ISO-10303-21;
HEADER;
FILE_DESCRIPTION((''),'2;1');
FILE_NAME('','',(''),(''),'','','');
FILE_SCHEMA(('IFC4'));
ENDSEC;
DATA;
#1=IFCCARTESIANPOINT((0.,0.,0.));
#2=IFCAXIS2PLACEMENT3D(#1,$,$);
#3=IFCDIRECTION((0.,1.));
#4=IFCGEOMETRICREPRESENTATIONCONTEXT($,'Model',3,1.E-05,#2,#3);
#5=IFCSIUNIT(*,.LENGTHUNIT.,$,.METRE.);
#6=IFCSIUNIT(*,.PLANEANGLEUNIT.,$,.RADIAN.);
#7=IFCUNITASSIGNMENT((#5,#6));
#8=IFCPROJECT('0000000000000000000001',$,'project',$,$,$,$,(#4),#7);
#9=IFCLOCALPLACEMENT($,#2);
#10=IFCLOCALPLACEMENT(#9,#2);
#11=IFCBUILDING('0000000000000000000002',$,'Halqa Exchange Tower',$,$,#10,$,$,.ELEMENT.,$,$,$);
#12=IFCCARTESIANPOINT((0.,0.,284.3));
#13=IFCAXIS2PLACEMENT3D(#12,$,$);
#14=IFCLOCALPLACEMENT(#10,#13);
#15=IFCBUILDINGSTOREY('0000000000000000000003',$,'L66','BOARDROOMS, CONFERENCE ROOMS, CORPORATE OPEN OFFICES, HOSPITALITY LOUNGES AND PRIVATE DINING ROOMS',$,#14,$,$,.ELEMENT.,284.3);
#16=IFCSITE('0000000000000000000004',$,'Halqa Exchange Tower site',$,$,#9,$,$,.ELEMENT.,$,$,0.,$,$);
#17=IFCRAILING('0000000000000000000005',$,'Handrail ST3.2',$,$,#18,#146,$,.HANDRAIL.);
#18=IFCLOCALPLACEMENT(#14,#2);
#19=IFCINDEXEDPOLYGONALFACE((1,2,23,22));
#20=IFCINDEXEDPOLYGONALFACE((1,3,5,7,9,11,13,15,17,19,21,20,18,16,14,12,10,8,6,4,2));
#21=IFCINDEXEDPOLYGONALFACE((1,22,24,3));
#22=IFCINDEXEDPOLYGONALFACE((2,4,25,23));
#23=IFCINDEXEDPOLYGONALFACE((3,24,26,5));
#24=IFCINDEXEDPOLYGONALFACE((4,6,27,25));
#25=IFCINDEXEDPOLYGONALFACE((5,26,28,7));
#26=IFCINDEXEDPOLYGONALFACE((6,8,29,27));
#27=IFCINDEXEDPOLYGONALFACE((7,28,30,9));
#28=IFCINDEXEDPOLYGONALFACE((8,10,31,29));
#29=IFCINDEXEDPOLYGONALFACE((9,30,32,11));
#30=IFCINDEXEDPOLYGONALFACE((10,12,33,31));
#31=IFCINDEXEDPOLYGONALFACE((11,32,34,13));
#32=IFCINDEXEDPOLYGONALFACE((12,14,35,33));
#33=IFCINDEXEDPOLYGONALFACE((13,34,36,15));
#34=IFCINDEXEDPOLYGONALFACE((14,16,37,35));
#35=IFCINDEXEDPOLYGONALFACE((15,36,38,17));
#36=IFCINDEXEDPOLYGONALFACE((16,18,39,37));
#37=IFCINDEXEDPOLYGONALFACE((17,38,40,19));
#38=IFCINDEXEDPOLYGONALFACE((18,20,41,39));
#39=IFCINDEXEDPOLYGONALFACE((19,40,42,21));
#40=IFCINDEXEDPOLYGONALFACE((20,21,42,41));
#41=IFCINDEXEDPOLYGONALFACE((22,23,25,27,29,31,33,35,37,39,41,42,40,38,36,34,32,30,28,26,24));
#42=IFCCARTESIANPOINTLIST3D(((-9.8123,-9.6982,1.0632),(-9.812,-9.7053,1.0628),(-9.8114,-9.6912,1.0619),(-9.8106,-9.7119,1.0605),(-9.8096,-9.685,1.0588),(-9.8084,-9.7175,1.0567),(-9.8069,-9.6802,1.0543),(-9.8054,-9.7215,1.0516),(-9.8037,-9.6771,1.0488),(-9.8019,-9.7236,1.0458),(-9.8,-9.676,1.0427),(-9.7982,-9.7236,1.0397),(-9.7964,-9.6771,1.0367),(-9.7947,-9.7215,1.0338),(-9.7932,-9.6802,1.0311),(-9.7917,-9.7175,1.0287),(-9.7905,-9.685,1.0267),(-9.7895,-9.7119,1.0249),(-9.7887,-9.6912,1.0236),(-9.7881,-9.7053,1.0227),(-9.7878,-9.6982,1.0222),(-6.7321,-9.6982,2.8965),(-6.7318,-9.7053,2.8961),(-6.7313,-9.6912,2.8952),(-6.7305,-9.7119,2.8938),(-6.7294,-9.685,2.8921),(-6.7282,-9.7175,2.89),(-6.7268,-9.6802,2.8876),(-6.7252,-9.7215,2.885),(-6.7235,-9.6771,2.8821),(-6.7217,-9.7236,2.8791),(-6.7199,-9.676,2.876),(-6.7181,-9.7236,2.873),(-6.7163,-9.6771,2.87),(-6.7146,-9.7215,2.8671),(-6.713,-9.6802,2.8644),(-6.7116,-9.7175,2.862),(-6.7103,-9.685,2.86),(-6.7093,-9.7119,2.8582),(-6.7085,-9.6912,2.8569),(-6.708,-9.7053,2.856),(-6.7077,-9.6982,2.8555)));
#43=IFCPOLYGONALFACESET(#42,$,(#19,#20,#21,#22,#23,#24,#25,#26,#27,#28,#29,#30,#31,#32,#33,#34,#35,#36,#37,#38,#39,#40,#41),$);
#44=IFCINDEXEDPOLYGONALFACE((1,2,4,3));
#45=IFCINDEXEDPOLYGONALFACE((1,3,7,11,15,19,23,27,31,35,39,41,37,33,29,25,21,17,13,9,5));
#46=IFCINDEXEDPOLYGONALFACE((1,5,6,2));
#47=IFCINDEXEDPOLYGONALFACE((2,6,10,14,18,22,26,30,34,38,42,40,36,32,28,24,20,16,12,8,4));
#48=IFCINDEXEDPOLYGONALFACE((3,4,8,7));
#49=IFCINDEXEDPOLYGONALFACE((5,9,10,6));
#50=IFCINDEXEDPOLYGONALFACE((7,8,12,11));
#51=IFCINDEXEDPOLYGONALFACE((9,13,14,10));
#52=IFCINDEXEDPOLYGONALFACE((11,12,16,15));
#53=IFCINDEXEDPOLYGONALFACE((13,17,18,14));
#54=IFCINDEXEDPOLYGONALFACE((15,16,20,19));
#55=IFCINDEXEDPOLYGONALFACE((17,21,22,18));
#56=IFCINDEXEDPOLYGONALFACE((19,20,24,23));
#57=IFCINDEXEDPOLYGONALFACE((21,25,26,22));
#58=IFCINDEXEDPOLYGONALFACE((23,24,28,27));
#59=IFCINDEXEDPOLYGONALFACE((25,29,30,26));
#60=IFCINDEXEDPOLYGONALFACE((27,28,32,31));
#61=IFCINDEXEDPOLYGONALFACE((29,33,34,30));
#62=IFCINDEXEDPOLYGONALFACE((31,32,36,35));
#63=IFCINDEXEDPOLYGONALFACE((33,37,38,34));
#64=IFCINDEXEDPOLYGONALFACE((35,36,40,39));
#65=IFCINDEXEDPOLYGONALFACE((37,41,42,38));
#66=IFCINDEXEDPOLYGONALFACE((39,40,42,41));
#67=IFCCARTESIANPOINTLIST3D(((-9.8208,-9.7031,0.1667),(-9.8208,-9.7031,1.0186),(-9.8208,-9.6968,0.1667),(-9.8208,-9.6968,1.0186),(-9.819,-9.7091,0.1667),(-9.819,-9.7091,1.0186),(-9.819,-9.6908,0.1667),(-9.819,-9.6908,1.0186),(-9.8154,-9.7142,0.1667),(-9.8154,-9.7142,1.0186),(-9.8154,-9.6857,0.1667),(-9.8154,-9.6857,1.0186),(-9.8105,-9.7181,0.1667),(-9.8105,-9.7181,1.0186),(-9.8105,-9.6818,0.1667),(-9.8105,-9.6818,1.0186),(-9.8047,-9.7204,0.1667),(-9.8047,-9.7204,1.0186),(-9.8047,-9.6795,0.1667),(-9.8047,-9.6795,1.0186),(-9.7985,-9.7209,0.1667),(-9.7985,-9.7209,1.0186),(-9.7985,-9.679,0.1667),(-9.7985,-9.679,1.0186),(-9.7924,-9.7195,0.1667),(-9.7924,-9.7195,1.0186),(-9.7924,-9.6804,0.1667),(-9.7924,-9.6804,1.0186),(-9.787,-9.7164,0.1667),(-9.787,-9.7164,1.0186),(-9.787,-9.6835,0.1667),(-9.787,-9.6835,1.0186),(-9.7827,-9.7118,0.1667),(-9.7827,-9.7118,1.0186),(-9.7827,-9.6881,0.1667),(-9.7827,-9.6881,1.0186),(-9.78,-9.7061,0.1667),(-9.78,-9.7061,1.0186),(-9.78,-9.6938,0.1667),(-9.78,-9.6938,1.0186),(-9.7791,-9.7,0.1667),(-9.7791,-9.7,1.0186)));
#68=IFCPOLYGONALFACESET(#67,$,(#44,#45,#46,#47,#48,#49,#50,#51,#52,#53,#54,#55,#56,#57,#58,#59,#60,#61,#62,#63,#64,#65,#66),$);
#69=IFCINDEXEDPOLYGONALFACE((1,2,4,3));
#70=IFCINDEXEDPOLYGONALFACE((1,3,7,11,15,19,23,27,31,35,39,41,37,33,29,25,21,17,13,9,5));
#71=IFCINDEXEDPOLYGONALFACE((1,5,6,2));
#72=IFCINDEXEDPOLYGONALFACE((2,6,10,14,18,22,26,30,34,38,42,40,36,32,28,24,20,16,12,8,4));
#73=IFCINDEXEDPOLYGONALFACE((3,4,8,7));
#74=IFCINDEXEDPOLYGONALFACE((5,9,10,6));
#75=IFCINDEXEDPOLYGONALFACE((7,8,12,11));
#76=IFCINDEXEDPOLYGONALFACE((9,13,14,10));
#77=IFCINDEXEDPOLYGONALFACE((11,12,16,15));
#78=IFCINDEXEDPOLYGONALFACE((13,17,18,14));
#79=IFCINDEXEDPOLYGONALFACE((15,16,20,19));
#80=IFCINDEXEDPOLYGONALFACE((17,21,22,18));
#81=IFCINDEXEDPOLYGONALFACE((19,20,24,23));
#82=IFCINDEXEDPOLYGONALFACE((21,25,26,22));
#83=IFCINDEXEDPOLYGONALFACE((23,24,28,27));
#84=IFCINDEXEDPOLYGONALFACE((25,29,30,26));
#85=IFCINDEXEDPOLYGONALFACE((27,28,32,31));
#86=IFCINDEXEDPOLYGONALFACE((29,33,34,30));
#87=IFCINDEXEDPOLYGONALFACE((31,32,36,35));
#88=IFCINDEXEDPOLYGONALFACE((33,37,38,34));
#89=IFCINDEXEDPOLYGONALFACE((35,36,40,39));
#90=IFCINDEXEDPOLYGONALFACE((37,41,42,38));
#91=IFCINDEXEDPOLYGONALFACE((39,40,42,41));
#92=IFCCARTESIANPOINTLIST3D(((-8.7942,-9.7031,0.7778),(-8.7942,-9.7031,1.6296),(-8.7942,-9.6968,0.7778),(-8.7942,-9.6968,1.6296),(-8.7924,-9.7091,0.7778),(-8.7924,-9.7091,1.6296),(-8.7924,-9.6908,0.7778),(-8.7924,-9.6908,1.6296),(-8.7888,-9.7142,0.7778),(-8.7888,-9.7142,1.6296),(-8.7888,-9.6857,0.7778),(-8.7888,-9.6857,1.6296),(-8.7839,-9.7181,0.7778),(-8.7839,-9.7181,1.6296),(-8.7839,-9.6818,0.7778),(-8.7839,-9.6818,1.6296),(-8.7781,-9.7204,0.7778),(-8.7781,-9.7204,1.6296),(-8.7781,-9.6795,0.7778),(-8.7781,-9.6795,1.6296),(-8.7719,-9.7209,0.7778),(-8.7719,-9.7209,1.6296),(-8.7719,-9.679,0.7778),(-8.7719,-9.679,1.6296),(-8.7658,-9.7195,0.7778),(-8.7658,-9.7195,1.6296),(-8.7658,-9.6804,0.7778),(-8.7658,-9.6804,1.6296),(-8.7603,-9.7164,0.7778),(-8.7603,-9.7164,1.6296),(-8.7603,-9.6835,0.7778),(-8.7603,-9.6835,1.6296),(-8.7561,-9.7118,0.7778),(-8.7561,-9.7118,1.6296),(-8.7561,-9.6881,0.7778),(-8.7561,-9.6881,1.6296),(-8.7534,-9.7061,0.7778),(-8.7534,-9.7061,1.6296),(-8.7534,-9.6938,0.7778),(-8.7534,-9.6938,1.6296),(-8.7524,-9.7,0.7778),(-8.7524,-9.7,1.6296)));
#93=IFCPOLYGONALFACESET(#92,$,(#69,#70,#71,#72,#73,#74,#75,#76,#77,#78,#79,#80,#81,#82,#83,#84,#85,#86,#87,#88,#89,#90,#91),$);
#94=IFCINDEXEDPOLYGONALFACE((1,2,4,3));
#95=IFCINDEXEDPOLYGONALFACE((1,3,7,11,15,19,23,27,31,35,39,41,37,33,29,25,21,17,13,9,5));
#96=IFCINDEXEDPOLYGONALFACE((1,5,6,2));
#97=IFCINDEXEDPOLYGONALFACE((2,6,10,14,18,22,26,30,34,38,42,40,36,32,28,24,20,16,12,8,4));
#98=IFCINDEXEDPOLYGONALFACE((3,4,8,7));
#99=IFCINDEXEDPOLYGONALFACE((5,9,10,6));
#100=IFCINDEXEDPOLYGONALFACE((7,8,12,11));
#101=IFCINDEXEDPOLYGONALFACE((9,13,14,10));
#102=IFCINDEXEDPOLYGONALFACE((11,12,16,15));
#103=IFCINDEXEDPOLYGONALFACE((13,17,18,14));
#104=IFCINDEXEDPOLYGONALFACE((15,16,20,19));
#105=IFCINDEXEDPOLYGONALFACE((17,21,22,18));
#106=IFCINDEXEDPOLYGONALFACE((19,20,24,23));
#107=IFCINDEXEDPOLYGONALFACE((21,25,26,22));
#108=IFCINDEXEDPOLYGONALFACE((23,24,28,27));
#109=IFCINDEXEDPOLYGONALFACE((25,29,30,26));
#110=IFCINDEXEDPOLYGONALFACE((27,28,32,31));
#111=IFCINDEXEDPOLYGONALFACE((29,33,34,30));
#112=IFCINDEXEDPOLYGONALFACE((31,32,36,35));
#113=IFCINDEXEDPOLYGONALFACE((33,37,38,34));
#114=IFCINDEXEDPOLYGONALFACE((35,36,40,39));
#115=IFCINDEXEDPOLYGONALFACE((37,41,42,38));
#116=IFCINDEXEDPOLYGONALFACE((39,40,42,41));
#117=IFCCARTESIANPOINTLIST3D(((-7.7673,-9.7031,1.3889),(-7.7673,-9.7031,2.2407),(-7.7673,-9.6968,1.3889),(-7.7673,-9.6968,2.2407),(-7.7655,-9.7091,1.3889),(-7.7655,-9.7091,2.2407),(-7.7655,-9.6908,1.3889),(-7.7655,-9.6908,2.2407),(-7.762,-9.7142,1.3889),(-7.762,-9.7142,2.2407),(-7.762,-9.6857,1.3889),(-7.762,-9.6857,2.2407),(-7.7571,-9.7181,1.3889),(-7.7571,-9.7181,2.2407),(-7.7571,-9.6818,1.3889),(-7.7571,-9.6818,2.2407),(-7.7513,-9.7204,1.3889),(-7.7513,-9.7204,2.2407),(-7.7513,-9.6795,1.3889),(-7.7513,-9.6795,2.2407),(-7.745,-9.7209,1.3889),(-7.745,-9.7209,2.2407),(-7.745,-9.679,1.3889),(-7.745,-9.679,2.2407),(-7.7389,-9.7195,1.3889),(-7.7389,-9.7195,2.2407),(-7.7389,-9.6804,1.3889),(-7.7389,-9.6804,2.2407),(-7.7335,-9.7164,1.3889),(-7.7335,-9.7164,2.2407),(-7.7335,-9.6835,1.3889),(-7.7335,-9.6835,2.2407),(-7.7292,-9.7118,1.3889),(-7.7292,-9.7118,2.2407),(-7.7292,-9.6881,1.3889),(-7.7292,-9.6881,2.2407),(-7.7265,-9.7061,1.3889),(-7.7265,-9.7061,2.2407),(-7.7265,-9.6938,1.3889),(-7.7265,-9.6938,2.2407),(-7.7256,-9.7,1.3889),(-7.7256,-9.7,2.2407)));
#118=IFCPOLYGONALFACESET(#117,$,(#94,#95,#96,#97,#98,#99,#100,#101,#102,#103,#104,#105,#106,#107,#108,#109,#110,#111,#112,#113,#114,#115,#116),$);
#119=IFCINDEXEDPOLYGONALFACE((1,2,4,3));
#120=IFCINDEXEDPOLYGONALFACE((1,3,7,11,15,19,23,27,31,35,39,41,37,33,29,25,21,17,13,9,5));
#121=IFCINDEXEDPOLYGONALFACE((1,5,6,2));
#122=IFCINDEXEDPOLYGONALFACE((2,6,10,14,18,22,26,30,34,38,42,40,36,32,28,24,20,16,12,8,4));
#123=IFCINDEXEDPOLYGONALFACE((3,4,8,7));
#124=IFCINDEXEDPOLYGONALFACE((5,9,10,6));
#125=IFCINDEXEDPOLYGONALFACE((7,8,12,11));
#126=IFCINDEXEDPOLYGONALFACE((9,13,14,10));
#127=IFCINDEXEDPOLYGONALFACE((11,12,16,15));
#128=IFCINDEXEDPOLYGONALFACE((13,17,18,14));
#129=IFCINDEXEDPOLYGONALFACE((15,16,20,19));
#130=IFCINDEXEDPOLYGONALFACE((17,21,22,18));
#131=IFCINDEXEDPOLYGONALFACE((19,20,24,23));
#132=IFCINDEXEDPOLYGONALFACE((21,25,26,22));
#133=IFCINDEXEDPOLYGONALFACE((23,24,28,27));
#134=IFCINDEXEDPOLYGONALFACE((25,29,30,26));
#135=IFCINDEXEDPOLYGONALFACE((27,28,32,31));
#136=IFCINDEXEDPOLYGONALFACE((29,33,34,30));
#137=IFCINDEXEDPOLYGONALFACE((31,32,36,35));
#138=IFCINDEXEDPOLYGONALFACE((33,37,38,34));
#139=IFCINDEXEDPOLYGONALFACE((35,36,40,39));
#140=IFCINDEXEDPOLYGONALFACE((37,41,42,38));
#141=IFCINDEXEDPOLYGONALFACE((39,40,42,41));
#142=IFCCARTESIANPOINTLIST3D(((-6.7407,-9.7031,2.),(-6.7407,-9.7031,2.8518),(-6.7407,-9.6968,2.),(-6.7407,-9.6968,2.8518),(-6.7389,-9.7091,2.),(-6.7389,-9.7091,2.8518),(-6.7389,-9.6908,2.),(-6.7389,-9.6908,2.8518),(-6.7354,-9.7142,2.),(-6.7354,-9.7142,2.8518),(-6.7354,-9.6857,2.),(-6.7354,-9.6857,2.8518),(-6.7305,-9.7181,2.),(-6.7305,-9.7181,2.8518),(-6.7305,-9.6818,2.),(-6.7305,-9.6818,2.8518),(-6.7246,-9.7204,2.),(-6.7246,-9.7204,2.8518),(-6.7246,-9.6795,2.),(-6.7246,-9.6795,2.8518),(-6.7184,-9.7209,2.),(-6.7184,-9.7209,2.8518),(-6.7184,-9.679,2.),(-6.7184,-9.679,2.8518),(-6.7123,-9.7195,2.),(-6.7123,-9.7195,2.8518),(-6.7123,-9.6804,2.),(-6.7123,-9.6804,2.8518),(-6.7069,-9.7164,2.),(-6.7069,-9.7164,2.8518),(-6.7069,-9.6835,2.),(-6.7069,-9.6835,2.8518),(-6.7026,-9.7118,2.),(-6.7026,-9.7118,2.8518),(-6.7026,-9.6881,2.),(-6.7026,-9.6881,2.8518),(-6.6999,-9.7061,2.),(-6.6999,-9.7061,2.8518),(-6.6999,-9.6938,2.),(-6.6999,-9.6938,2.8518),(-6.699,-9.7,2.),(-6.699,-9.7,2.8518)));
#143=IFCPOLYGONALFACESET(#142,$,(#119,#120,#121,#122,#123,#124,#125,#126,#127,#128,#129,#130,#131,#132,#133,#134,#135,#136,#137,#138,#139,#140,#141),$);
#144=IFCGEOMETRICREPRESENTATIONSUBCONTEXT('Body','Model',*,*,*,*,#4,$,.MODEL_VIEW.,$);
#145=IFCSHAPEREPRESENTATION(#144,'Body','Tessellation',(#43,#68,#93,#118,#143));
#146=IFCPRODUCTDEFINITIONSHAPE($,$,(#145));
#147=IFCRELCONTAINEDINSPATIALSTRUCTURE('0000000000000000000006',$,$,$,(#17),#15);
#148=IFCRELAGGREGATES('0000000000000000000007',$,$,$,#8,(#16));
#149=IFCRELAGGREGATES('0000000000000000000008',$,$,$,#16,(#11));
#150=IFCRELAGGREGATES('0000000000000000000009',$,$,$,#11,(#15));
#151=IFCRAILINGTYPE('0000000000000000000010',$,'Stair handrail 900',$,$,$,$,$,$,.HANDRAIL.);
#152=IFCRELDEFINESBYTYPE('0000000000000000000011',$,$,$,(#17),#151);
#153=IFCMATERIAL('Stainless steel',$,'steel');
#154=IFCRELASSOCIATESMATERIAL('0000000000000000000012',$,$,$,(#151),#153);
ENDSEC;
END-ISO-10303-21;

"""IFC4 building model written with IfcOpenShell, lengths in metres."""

from ifc_helpers import new_model, si_unit, direction, frame, origin, origin_2d, place, context, subcontext, project, spatial, circle, extrude, material, type_object, element, save


model = new_model("IFC4")

# Units and contexts
model_context = context("Model", 3, precision=1e-05, world=origin(), true_north=direction((0.0, 1.0)))
body_context = subcontext(model_context, "Body", "Model", "MODEL_VIEW")
ifc_project = project(units=[si_unit("LENGTHUNIT", "METRE"), si_unit("PLANEANGLEUNIT", "RADIAN")], contexts=[model_context])

# Site, building, storey
site_placement = place(None, origin())
site = spatial("IfcSite", under=ifc_project, at=site_placement, Name="Halqa Exchange Tower site", CompositionType="ELEMENT", RefElevation=0.0)
building_placement = place(site_placement, origin())
building = spatial("IfcBuilding", under=site, at=building_placement, Name="Halqa Exchange Tower", CompositionType="ELEMENT")
storey_placement = place(building_placement, frame((0.0, 0.0, 284.3)))
storey = spatial("IfcBuildingStorey", under=building, at=storey_placement, Name="L66", Description="BOARDROOMS, CONFERENCE ROOMS, CORPORATE OPEN OFFICES, HOSPITALITY LOUNGES AND PRIVATE DINING ROOMS", CompositionType="ELEMENT", Elevation=284.3)

# Shared definitions
ifc_material_1 = material(Name="Stainless steel", Category="steel")

# Railing
railing_type_1 = type_object("IfcRailingType", Name="Stair handrail 900", PredefinedType="HANDRAIL", material=ifc_material_1)
railing_1_placement = place(storey_placement, frame((-9.8, -9.7, 0.1667)))
element("IfcRailing", 1, at=railing_1_placement, inside=storey, type_object=railing_type_1, Name="Handrail ST3.2", PredefinedType="HANDRAIL", context=body_context, shape_type="SweptSolid", body=[
    extrude(circle(Radius=0.0239, at=origin_2d()), frame((0.0, 0.0, 0.876), z_axis=(0.859309, 0.0, 0.511458), x_axis=(0.0, 1.0, 0.0)), (0.0, 0.0, 1.0), 3.5845),
    extrude(circle(Radius=0.021, at=origin_2d()), origin(), (0.0, 0.0, 1.0), 0.8518),
    extrude(circle(Radius=0.021, at=origin_2d()), frame((1.0266, 0.0, 0.6111)), (0.0, 0.0, 1.0), 0.8518),
    extrude(circle(Radius=0.021, at=origin_2d()), frame((2.0535, 0.0, 1.2222)), (0.0, 0.0, 1.0), 0.8518),
    extrude(circle(Radius=0.021, at=origin_2d()), frame((3.0801, 0.0, 1.8333)), (0.0, 0.0, 1.0), 0.8518),
])

save(model, "model.ifc")
